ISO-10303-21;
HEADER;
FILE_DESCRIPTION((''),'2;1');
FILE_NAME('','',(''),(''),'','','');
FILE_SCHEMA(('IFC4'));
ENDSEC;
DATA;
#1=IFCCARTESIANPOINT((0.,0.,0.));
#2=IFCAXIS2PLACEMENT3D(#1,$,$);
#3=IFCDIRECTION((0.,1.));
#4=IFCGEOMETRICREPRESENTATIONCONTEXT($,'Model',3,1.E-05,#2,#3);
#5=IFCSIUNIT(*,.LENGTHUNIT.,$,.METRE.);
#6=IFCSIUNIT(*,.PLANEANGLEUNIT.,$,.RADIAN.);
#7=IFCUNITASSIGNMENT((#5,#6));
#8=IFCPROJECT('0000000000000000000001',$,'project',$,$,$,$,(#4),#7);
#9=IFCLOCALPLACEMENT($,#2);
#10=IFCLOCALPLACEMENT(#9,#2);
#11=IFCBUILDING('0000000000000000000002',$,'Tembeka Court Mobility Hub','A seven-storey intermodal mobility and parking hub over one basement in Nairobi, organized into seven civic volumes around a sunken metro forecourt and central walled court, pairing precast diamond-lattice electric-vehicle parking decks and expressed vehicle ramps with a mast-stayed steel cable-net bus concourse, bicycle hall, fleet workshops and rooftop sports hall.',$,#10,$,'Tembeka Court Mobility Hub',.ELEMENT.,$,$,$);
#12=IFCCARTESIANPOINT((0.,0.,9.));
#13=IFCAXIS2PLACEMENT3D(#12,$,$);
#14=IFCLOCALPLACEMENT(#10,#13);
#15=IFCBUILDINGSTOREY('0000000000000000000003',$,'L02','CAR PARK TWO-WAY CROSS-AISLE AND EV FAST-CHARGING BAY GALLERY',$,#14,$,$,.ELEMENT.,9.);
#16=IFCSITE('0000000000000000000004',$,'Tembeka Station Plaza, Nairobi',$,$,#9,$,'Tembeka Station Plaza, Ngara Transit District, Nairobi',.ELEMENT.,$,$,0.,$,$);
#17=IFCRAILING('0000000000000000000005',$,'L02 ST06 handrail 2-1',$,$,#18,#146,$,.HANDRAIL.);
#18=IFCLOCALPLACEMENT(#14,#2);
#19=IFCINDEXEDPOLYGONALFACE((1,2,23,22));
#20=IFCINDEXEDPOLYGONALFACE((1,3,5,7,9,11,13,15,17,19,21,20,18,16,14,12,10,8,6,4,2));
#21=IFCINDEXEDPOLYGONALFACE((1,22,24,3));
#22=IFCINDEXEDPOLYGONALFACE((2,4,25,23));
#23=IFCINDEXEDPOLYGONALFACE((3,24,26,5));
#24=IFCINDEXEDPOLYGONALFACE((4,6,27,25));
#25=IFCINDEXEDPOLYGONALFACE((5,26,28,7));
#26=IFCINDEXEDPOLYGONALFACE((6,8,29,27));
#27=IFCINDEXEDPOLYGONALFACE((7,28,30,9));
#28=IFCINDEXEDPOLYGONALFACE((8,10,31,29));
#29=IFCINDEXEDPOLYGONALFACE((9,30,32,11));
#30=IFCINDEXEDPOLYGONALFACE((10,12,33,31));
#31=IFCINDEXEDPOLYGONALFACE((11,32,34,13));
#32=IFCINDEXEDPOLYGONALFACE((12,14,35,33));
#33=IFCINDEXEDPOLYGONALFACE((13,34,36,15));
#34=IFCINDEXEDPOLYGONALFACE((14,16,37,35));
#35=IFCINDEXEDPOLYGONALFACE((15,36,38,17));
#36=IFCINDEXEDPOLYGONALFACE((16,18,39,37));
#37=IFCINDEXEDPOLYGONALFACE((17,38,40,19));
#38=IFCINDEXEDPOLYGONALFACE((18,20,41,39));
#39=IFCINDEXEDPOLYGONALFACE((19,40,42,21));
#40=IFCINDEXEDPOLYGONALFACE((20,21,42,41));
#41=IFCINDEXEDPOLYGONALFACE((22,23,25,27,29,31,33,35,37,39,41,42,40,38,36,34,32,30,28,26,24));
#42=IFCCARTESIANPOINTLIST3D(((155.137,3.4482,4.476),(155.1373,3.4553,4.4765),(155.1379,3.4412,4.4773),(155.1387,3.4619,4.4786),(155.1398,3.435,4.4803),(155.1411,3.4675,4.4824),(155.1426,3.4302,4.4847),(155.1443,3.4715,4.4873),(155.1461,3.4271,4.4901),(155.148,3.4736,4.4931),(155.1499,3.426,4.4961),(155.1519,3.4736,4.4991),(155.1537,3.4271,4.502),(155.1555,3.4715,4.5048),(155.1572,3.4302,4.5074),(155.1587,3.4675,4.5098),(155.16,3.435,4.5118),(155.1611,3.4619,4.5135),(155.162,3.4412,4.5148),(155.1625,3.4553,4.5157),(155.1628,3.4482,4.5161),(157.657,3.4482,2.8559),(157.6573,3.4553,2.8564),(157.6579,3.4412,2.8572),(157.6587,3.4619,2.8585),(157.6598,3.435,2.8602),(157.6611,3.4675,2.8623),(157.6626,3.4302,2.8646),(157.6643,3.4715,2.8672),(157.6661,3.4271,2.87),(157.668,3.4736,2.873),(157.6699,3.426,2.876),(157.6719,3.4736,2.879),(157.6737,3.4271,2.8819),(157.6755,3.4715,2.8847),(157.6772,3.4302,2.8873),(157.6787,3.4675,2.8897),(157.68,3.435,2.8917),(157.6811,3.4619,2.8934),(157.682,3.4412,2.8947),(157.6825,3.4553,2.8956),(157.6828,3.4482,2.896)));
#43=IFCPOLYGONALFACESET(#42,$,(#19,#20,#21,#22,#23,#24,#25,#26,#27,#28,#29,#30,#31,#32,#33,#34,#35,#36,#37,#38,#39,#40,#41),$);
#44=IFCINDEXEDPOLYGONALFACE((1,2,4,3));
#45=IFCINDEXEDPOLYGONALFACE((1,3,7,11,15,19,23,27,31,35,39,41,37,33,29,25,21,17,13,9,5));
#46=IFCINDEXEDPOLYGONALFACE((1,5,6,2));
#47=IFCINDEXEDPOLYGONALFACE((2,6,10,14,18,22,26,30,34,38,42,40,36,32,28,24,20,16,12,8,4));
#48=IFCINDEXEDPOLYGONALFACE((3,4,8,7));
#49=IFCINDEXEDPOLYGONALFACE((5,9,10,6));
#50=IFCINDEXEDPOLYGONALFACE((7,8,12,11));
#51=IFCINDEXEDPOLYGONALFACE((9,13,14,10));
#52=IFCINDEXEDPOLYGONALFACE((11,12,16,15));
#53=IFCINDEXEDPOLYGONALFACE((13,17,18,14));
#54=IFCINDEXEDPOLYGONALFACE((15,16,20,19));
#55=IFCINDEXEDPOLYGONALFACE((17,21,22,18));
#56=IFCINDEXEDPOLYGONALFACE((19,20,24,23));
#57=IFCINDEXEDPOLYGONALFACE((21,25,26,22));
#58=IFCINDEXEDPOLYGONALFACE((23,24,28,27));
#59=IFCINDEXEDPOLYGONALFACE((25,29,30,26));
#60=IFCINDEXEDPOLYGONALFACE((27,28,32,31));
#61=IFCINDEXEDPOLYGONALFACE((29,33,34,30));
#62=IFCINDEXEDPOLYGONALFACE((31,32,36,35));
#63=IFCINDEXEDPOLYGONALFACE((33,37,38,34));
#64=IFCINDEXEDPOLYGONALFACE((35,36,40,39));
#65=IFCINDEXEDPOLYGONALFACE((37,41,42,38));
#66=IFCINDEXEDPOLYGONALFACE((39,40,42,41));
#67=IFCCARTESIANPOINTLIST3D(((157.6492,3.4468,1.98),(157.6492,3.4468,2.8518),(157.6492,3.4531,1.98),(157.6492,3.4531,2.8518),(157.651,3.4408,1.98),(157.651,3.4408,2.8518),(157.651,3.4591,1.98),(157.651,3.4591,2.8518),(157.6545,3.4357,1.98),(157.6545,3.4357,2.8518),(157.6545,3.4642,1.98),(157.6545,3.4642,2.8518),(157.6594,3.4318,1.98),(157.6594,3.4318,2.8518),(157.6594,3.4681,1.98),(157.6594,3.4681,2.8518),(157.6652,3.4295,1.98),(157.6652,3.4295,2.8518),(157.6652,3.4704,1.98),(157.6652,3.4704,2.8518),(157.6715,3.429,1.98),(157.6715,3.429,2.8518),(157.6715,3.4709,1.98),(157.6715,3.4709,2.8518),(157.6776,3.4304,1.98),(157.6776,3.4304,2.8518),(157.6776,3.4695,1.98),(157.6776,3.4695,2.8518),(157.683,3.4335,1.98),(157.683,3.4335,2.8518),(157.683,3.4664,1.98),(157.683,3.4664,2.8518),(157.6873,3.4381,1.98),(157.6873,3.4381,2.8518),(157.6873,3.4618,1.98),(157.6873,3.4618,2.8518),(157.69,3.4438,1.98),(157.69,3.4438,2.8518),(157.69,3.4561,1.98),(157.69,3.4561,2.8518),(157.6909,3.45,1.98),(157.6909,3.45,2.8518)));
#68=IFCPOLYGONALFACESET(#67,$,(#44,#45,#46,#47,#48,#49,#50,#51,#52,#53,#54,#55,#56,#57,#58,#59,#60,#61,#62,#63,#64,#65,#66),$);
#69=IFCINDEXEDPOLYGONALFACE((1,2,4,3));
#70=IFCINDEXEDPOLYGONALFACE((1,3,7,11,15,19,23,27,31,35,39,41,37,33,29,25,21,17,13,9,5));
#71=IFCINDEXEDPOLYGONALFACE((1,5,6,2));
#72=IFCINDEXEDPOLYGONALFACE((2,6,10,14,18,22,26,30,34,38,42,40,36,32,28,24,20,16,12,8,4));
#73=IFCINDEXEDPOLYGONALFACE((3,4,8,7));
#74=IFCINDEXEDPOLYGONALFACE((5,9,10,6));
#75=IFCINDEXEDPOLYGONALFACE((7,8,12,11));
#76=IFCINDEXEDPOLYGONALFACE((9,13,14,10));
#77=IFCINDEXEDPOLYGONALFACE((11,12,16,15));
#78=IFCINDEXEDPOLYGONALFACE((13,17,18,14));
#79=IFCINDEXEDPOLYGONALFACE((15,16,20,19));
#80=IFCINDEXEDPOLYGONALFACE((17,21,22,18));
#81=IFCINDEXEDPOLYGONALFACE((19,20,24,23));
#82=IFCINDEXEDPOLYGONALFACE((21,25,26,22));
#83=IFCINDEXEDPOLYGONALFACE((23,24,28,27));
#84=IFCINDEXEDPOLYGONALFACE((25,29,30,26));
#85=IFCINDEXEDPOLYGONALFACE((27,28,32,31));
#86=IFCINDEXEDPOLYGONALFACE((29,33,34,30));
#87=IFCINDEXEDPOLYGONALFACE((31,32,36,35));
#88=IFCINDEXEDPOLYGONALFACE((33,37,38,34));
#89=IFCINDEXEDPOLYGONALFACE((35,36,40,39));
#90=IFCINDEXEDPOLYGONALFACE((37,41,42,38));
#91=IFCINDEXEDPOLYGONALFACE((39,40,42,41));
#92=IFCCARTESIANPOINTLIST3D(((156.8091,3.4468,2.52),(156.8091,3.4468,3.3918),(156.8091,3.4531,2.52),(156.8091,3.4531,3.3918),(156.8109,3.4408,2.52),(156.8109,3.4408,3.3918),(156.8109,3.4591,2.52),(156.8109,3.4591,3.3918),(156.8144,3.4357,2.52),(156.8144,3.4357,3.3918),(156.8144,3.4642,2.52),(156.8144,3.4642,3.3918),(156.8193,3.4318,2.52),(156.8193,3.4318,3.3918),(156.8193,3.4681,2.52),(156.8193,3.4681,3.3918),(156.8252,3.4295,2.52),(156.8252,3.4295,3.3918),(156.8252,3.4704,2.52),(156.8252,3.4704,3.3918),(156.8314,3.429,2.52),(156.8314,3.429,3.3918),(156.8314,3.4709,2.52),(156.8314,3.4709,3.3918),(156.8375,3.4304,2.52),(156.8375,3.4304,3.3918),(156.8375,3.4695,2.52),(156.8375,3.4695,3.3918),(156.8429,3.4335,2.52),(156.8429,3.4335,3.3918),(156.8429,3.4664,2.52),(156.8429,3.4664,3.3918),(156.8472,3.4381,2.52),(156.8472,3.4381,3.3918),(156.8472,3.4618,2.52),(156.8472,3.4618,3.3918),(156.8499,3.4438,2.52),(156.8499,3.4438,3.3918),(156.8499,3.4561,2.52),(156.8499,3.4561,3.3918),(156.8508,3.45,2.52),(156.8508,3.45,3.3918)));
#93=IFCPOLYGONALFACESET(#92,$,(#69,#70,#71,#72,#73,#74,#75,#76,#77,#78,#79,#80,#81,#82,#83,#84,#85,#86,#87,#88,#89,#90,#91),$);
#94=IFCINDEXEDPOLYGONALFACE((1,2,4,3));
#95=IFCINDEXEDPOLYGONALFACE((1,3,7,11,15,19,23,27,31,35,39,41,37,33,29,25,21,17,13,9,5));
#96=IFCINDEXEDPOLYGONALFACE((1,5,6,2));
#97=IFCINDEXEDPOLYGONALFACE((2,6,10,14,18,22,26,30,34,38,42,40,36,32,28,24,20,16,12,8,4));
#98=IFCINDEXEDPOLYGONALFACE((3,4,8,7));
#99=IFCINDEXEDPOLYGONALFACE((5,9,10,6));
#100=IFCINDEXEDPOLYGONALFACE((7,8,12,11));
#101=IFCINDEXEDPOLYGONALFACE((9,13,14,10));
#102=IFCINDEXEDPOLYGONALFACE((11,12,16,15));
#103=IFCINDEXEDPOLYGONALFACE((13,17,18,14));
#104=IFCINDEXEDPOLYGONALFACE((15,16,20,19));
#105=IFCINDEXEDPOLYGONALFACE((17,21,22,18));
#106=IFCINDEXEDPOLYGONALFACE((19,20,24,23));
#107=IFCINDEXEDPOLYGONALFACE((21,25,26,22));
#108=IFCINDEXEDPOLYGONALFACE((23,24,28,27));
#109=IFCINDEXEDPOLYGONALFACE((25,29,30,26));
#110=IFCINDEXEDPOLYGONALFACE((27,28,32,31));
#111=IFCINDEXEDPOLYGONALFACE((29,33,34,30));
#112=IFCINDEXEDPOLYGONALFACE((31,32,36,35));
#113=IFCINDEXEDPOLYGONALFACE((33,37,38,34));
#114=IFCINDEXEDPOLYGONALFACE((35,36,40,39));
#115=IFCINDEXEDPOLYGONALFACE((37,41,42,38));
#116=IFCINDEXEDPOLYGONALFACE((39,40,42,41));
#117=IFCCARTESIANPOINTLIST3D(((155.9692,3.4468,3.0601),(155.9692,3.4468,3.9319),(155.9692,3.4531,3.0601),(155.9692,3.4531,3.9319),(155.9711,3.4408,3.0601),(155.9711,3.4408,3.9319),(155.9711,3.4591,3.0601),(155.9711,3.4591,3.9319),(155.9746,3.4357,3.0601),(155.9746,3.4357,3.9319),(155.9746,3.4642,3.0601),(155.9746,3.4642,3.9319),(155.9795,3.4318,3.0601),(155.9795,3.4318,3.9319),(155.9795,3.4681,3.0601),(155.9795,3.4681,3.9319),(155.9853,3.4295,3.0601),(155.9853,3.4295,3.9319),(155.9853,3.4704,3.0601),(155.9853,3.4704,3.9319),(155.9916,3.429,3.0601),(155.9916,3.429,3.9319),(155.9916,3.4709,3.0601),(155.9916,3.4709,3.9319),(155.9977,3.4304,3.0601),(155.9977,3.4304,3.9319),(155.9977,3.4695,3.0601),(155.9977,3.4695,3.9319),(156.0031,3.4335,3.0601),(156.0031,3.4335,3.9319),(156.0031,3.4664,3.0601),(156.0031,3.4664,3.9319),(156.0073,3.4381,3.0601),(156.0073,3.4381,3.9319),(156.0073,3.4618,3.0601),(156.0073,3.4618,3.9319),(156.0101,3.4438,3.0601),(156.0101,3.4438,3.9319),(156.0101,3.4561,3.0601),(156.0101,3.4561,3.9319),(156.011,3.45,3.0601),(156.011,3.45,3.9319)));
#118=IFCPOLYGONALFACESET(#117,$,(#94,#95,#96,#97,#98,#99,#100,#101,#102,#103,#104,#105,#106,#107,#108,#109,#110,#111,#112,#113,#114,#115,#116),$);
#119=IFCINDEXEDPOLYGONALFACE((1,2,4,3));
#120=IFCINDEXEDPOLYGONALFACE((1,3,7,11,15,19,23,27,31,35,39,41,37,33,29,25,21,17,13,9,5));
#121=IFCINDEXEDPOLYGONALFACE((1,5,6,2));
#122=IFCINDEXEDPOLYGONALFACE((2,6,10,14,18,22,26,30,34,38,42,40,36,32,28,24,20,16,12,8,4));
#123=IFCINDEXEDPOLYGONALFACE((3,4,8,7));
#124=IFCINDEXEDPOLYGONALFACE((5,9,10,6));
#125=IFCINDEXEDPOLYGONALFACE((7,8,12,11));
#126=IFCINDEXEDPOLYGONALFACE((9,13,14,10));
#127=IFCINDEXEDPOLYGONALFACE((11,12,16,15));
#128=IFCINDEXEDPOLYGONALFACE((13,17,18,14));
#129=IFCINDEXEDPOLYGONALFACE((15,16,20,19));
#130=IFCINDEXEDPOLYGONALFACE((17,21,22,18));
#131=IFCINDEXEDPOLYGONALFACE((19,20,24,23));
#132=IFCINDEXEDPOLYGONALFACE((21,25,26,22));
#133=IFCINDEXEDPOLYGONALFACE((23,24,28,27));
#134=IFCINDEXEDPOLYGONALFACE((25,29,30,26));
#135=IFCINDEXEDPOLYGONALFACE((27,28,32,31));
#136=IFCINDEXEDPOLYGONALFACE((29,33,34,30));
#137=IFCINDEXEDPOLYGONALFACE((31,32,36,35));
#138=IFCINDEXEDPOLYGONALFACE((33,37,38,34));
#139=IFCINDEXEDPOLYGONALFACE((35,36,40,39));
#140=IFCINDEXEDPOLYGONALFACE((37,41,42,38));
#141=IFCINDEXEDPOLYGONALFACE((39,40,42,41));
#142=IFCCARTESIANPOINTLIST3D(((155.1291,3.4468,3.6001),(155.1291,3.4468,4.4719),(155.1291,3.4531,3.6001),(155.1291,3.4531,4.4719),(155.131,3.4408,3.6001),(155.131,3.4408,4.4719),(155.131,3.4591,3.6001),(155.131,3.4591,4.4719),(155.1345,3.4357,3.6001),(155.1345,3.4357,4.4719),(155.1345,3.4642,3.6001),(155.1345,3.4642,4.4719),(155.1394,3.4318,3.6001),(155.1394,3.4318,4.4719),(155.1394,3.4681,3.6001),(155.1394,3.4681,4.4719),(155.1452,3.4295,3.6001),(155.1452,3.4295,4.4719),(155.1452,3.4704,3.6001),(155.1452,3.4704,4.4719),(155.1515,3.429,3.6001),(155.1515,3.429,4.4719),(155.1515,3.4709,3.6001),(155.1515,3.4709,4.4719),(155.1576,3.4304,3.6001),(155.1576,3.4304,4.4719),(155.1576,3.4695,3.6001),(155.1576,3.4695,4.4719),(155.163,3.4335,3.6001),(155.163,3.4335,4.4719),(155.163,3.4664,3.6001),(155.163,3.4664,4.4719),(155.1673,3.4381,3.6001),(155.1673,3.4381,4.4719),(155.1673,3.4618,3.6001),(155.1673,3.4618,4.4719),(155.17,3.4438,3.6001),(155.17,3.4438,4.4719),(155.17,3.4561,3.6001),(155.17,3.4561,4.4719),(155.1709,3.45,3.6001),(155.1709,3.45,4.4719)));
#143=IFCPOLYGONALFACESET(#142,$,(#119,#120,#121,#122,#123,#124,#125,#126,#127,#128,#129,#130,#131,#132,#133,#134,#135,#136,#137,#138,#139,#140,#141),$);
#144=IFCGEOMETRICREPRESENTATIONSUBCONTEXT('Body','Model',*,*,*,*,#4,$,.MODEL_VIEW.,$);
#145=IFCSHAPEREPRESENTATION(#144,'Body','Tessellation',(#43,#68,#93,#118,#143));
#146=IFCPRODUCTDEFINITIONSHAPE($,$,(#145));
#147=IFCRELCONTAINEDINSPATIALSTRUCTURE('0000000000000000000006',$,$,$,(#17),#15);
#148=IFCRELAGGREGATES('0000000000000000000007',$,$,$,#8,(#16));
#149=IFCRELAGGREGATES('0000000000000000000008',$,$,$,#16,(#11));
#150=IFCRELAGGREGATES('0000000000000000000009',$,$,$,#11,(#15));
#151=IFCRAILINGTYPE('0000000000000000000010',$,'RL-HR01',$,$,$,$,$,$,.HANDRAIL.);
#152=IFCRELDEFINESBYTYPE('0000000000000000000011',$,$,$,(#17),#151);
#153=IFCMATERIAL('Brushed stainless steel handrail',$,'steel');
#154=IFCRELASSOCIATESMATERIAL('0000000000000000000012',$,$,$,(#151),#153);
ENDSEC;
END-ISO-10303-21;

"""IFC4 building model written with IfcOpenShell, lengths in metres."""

from ifc_helpers import new_model, si_unit, direction, frame, origin, origin_2d, place, context, subcontext, project, spatial, circle, extrude, material, type_object, element, save


model = new_model("IFC4")

# Units and contexts
model_context = context("Model", 3, precision=1e-05, world=origin(), true_north=direction((0.0, 1.0)))
body_context = subcontext(model_context, "Body", "Model", "MODEL_VIEW")
ifc_project = project(units=[si_unit("LENGTHUNIT", "METRE"), si_unit("PLANEANGLEUNIT", "RADIAN")], contexts=[model_context])

# Site, building, storey
site_placement = place(None, origin())
site = spatial("IfcSite", under=ifc_project, at=site_placement, Name="Tembeka Station Plaza, Nairobi", LongName="Tembeka Station Plaza, Ngara Transit District, Nairobi", CompositionType="ELEMENT", RefElevation=0.0)
building_placement = place(site_placement, origin())
building = spatial("IfcBuilding", under=site, at=building_placement, Name="Tembeka Court Mobility Hub", Description="A seven-storey intermodal mobility and parking hub over one basement in Nairobi, organized into seven civic volumes around a sunken metro forecourt and central walled court, pairing precast diamond-lattice electric-vehicle parking decks and expressed vehicle ramps with a mast-stayed steel cable-net bus concourse, bicycle hall, fleet workshops and rooftop sports hall.", LongName="Tembeka Court Mobility Hub", CompositionType="ELEMENT")
storey_placement = place(building_placement, frame((0.0, 0.0, 9.0)))
storey = spatial("IfcBuildingStorey", under=building, at=storey_placement, Name="L02", Description="CAR PARK TWO-WAY CROSS-AISLE AND EV FAST-CHARGING BAY GALLERY", CompositionType="ELEMENT", Elevation=9.0)

# Railing
ifc_material_1 = material(Name="Brushed stainless steel handrail", Category="steel")
railing_type_1 = type_object("IfcRailingType", Name="RL-HR01", PredefinedType="HANDRAIL", material=ifc_material_1)
railing_1_placement = place(storey_placement, frame((157.6699, 3.45, 1.98)))
element("IfcRailing", 1, at=railing_1_placement, inside=storey, type_object=railing_type_1, Name="L02 ST06 handrail 2-1", PredefinedType="HANDRAIL", context=body_context, shape_type="SweptSolid", body=[
    extrude(circle(Radius=0.0239, at=origin_2d()), frame((0.0, 0.0, 0.896), z_axis=(-0.841163, 0.0, 0.540782), x_axis=(0.0, -1.0, 0.0)), (0.0, 0.0, 1.0), 2.9958),
    extrude(circle(Radius=0.021, at=origin_2d()), origin(), (0.0, 0.0, 1.0), 0.8718),
    extrude(circle(Radius=0.021, at=origin_2d()), frame((-0.8401, 0.0, 0.54)), (0.0, 0.0, 1.0), 0.8718),
    extrude(circle(Radius=0.021, at=origin_2d()), frame((-1.6799, 0.0, 1.0801)), (0.0, 0.0, 1.0), 0.8718),
    extrude(circle(Radius=0.021, at=origin_2d()), frame((-2.52, 0.0, 1.6201)), (0.0, 0.0, 1.0), 0.8718),
])

save(model, "model.ifc")
